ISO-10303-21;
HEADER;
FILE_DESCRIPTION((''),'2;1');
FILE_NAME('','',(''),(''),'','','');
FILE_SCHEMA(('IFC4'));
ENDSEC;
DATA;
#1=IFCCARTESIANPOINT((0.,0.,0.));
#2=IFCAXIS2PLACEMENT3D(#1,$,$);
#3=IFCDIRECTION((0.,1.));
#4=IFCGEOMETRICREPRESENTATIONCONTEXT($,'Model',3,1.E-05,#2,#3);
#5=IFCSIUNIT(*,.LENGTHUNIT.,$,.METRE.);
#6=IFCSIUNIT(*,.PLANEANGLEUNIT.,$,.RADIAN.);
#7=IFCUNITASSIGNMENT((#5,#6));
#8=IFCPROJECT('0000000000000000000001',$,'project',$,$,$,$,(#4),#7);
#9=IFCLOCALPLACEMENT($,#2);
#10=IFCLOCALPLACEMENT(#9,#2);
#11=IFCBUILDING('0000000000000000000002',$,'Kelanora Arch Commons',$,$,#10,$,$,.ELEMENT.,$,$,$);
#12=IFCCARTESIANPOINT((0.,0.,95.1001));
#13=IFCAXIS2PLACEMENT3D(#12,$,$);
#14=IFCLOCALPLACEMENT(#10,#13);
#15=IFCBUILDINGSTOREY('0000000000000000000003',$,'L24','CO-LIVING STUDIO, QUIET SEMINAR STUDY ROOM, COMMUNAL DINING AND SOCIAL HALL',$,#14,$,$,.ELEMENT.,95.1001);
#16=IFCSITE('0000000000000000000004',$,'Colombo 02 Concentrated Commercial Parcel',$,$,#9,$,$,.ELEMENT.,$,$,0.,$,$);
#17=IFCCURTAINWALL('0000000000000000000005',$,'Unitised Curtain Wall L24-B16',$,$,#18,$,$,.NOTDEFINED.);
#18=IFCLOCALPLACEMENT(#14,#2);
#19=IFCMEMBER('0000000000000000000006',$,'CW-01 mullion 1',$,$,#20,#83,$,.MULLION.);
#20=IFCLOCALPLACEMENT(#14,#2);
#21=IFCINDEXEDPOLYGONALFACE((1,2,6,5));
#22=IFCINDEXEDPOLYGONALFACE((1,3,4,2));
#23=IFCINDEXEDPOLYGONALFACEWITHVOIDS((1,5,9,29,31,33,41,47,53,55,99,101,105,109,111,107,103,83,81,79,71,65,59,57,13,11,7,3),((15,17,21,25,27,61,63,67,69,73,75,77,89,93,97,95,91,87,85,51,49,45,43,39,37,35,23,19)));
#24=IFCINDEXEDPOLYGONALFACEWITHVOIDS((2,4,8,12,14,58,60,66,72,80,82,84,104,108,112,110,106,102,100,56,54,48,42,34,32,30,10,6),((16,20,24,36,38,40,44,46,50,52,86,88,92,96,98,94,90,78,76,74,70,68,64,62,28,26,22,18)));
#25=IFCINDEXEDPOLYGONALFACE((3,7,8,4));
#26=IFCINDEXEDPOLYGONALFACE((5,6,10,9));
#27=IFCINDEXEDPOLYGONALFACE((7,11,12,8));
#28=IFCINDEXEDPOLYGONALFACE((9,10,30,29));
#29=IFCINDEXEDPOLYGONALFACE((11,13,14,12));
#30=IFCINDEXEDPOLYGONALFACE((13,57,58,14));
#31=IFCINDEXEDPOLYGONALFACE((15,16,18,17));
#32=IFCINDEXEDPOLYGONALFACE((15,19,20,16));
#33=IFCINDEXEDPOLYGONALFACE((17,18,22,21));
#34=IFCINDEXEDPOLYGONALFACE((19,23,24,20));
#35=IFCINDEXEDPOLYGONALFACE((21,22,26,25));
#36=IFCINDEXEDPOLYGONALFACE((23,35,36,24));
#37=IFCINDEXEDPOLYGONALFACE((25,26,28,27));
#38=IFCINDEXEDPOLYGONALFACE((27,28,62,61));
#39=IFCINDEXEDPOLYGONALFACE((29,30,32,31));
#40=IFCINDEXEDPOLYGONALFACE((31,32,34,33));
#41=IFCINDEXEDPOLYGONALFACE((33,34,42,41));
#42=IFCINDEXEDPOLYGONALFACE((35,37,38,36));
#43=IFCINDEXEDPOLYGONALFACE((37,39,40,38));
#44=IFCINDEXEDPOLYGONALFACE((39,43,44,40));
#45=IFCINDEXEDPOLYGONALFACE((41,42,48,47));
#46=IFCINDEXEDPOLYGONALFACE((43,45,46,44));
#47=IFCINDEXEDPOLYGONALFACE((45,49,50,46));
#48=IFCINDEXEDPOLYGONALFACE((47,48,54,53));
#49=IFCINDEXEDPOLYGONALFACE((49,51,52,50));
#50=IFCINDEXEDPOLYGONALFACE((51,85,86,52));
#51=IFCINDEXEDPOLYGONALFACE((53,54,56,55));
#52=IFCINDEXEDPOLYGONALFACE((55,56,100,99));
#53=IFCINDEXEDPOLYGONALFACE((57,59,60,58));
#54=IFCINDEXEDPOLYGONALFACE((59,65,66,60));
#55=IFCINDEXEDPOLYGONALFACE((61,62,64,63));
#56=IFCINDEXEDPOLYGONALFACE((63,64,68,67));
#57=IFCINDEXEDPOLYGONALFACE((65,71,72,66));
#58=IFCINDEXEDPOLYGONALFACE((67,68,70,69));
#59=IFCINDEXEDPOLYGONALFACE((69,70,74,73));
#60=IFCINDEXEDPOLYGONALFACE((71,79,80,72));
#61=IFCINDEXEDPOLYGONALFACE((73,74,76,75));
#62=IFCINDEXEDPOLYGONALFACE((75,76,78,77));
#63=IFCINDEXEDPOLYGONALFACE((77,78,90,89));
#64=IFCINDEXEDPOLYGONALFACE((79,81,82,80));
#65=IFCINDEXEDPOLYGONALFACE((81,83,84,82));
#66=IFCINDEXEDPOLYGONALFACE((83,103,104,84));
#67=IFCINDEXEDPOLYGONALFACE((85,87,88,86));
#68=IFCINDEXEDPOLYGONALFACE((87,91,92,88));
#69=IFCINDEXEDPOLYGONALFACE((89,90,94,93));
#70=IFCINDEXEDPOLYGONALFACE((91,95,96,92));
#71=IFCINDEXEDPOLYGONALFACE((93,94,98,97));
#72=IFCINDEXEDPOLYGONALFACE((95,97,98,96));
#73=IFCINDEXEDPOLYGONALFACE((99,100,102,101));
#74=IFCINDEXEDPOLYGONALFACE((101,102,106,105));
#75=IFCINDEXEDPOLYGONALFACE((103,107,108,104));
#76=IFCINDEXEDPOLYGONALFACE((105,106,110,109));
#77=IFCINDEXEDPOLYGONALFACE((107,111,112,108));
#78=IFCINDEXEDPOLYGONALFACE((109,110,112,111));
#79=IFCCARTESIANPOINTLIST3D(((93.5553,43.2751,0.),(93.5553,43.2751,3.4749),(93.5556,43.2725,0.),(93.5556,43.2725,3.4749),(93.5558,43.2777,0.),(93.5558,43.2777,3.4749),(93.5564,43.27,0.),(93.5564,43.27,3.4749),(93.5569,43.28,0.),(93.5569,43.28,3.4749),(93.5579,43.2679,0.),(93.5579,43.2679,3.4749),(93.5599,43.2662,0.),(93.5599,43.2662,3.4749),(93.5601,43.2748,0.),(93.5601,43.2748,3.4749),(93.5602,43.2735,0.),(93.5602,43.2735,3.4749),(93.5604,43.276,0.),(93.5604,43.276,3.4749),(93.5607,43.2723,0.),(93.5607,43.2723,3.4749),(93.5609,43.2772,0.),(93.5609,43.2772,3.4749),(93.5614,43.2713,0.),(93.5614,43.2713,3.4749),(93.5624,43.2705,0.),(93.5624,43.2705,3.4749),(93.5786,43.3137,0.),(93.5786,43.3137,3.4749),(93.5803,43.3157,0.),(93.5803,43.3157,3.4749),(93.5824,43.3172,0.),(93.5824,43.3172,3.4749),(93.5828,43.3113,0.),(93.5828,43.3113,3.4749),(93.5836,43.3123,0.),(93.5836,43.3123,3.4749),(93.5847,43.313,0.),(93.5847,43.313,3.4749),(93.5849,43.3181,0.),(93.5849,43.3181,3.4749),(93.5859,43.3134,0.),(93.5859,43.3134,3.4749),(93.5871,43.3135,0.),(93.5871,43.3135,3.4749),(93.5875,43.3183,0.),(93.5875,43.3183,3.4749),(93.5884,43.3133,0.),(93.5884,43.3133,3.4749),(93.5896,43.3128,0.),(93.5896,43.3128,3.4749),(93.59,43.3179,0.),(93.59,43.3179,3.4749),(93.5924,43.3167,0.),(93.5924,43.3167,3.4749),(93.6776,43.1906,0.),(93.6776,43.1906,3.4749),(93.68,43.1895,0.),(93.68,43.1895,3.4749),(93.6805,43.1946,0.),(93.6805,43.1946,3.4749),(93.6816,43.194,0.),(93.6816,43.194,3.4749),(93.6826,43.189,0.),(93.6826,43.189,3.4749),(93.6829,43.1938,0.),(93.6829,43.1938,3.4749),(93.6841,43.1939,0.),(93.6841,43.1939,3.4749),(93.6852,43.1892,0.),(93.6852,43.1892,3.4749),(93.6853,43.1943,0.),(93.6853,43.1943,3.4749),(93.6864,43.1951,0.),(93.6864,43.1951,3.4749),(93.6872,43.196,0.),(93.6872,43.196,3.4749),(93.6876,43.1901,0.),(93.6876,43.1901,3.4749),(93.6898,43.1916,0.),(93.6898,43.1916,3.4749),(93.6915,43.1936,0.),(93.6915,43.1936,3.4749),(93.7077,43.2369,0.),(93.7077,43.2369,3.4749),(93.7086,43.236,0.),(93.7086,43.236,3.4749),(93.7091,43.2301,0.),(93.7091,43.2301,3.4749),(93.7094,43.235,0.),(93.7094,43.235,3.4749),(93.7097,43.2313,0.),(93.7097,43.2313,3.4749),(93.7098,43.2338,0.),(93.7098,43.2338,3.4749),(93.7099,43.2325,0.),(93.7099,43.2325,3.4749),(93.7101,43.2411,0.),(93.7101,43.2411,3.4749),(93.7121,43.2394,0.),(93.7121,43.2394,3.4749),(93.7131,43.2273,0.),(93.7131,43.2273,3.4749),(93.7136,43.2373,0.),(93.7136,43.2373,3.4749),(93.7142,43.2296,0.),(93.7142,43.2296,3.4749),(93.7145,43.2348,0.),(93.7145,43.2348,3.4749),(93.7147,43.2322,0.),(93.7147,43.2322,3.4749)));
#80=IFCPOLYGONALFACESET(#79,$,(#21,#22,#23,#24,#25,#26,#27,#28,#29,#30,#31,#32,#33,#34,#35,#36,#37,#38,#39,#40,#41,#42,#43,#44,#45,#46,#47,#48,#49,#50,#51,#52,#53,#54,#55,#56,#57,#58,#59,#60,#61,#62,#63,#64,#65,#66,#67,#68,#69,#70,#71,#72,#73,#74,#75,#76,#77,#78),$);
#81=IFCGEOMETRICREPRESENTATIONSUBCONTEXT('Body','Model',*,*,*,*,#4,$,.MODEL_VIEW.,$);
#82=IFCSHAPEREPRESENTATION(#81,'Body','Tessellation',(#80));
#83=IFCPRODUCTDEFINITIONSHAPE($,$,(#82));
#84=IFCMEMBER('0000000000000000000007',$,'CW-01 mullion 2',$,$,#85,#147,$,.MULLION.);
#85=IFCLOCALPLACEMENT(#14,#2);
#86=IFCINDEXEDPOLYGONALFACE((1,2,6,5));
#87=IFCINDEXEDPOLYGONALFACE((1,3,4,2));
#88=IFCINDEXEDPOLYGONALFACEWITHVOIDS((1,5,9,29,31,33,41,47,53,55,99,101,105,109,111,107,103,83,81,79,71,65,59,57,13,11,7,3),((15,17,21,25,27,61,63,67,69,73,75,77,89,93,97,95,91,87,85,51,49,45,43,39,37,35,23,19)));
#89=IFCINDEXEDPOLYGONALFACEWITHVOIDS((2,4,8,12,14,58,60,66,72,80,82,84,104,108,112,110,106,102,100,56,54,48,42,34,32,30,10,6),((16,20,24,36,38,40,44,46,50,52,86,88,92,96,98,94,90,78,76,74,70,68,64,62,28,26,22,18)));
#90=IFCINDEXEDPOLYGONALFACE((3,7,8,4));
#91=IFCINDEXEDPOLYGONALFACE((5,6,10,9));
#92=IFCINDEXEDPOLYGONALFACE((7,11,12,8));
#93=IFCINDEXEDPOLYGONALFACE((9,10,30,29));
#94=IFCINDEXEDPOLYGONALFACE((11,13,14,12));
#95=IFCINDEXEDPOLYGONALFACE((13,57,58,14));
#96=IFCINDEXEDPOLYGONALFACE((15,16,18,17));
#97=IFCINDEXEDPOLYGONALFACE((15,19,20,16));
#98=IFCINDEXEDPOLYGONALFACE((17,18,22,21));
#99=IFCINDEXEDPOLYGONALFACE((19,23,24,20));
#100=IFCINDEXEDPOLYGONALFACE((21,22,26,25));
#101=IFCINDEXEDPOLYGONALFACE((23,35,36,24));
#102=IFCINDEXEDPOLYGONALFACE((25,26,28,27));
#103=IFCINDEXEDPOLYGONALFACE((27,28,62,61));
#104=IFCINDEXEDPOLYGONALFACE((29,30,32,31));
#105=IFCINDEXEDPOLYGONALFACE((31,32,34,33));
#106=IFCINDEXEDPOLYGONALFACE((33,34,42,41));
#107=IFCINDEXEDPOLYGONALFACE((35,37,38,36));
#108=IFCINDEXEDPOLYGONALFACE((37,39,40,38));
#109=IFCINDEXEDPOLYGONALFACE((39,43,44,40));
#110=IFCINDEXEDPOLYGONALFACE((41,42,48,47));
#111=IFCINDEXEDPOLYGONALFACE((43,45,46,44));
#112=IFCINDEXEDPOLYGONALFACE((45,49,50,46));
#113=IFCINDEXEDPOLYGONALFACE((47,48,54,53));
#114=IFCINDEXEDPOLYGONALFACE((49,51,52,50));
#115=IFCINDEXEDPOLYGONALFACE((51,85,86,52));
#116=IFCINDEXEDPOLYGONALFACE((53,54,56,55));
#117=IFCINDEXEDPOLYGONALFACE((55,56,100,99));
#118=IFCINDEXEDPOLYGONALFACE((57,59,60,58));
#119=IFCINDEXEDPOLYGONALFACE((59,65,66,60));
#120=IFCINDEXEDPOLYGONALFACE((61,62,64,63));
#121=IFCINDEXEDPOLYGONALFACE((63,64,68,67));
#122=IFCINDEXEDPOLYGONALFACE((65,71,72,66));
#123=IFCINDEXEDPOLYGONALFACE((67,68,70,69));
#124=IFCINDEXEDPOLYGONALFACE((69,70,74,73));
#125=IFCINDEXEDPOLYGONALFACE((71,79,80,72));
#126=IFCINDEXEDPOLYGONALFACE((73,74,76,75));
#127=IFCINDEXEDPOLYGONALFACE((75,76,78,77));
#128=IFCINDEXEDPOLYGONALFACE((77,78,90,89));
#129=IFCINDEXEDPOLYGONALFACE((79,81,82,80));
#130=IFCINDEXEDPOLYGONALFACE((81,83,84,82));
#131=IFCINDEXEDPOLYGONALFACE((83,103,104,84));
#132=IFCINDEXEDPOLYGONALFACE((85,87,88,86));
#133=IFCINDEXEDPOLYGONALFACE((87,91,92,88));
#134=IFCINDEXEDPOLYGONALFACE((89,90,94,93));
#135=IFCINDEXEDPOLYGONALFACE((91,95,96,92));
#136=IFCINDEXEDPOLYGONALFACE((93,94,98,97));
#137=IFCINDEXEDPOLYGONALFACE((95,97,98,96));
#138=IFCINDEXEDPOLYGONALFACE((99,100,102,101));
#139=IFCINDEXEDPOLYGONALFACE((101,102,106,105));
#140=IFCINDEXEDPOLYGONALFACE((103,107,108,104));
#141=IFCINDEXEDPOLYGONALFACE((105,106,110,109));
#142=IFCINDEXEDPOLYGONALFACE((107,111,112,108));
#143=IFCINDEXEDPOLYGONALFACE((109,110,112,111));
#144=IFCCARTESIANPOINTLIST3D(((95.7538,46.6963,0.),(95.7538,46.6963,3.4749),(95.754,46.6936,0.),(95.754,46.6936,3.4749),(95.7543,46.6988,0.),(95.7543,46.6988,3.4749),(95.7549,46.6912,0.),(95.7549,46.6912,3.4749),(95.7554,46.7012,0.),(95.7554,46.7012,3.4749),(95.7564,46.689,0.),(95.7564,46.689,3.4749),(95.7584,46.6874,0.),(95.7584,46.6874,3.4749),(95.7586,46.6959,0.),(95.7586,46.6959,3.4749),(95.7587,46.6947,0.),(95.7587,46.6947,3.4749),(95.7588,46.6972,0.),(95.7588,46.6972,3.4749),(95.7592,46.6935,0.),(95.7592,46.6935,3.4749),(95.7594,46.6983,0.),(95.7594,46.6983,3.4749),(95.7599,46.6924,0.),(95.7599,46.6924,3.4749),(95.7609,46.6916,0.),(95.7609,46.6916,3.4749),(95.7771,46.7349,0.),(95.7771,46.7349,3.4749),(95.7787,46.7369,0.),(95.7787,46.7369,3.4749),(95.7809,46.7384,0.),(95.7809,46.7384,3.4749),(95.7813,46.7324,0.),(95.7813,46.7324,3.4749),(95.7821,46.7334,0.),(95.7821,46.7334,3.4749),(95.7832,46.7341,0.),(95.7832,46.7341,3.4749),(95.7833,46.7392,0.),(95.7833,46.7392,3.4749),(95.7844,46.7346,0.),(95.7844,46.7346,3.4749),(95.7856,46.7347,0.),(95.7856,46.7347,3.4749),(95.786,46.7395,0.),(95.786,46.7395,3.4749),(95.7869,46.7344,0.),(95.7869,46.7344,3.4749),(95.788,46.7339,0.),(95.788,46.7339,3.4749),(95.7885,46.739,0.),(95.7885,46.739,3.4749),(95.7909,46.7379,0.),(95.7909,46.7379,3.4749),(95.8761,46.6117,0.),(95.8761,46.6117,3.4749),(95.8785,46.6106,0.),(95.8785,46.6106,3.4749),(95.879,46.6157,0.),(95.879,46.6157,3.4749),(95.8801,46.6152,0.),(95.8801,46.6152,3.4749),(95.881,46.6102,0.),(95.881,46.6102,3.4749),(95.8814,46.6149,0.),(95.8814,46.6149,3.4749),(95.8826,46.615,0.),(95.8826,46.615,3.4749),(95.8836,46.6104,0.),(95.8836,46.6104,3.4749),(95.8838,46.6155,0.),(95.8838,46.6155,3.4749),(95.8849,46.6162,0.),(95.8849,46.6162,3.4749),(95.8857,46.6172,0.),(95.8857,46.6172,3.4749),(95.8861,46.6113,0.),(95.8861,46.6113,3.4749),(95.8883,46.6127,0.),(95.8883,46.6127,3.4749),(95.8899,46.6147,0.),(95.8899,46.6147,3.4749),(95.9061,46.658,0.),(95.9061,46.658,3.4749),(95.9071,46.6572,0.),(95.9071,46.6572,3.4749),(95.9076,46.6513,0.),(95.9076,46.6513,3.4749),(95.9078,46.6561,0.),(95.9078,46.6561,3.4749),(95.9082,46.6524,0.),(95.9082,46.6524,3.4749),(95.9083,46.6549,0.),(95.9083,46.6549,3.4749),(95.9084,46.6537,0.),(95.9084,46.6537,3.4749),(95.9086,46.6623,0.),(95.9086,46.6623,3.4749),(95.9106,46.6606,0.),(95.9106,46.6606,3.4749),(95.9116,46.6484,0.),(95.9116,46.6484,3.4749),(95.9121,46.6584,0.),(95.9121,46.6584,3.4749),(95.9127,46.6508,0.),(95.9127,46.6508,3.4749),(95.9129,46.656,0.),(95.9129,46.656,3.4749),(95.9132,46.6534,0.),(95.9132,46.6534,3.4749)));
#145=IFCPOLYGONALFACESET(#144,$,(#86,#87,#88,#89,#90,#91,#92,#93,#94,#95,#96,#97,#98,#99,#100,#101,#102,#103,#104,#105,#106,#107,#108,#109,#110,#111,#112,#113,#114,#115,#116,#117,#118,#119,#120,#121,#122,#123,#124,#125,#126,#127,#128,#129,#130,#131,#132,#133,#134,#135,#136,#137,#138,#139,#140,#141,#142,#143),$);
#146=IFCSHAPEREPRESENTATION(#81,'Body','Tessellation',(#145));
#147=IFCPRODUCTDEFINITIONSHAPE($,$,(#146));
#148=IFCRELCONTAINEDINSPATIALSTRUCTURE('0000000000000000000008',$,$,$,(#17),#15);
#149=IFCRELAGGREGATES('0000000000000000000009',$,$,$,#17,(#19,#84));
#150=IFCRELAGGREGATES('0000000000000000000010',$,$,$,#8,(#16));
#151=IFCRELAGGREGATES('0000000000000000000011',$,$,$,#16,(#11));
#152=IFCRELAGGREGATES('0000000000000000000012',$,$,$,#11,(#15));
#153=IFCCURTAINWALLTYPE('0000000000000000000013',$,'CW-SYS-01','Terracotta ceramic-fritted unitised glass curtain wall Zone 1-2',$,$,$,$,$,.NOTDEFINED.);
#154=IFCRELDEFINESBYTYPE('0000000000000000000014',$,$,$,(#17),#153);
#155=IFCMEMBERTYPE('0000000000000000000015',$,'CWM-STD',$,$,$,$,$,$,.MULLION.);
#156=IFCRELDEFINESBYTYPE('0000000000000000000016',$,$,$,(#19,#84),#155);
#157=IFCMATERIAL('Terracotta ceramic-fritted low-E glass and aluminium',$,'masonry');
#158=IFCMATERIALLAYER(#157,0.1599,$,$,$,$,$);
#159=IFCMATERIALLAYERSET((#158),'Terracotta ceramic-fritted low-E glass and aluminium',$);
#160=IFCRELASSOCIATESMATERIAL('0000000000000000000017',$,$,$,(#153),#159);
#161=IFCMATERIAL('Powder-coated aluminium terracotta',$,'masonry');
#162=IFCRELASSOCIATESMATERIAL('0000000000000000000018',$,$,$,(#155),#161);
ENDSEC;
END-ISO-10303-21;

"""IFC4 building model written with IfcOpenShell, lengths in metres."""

from ifc_helpers import new_model, si_unit, direction, frame, origin, origin_2d, place, context, subcontext, project, spatial, hollow_rectangle, extrude, material, layer, layer_set, material_profile, profile_set, type_object, element, aggregate, save


model = new_model("IFC4")

# Units and contexts
model_context = context("Model", 3, precision=1e-05, world=origin(), true_north=direction((0.0, 1.0)))
body_context = subcontext(model_context, "Body", "Model", "MODEL_VIEW")
ifc_project = project(units=[si_unit("LENGTHUNIT", "METRE"), si_unit("PLANEANGLEUNIT", "RADIAN")], contexts=[model_context])

# Site, building, storey
site_placement = place(None, origin())
site = spatial("IfcSite", under=ifc_project, at=site_placement, Name="Colombo 02 Concentrated Commercial Parcel", CompositionType="ELEMENT", RefElevation=0.0)
building_placement = place(site_placement, origin())
building = spatial("IfcBuilding", under=site, at=building_placement, Name="Kelanora Arch Commons", CompositionType="ELEMENT")
storey_placement = place(building_placement, frame((0.0, 0.0, 95.1001)))
storey = spatial("IfcBuildingStorey", under=building, at=storey_placement, Name="L24", Description="CO-LIVING STUDIO, QUIET SEMINAR STUDY ROOM, COMMUNAL DINING AND SOCIAL HALL", CompositionType="ELEMENT", Elevation=95.1001)

# Shared definitions
ifc_material_1 = material(Name="Terracotta ceramic-fritted low-E glass and aluminium", Category="masonry")
ifc_layer_1 = layer(ifc_material_1, 0.1599)
ifc_layer_set_1 = layer_set([ifc_layer_1], Name="Terracotta ceramic-fritted low-E glass and aluminium")
curtain_wall_type = type_object("IfcCurtainWallType", Name="CW-SYS-01", Description="Terracotta ceramic-fritted unitised glass curtain wall Zone 1-2", PredefinedType="NOTDEFINED", material=ifc_layer_set_1)
ifc_material_2 = material(Name="Powder-coated aluminium terracotta", Category="masonry")
ifc_material_profile_1 = material_profile(ifc_material_2, hollow_rectangle(XDim=0.1599, YDim=0.0601, WallThickness=0.0049, InnerFilletRadius=0.0049, OuterFilletRadius=0.01, at=origin_2d()), Name="CWM160x60")
ifc_profile_set_1 = profile_set([ifc_material_profile_1], Name="Powder-coated aluminium terracotta")
member_type_1 = type_object("IfcMemberType", Name="CWM-STD", PredefinedType="MULLION", material=ifc_profile_set_1)

# Curtain wall, members
curtain_wall_1_placement = place(storey_placement, origin())
curtain_wall_1 = element("IfcCurtainWall", 1, at=curtain_wall_1_placement, inside=storey, type_object=curtain_wall_type, Name="Unitised Curtain Wall L24-B16", PredefinedType="NOTDEFINED")
member_1_placement = place(storey_placement, frame((93.635, 43.2537, 0.0), z_axis=(0.0, 0.0, 1.0), x_axis=(-0.841269, 0.540617, 0.0)))
member_1 = element("IfcMember", 2, at=member_1_placement, type_object=member_type_1, Name="CW-01 mullion 1", PredefinedType="MULLION", context=body_context, shape_type="SweptSolid", body=[
    extrude(hollow_rectangle(XDim=0.1599, YDim=0.0601, WallThickness=0.0049, InnerFilletRadius=0.0049, OuterFilletRadius=0.01, at=origin_2d()), origin(), (0.0, 0.0, 1.0), 3.4749),
])
member_2_placement = place(storey_placement, frame((95.8335, 46.6748, 0.0), z_axis=(0.0, 0.0, 1.0), x_axis=(-0.841269, 0.540617, 0.0)))
member_2 = element("IfcMember", 3, at=member_2_placement, type_object=member_type_1, Name="CW-01 mullion 2", PredefinedType="MULLION", context=body_context, shape_type="SweptSolid", body=[
    extrude(hollow_rectangle(XDim=0.1599, YDim=0.0601, WallThickness=0.0049, InnerFilletRadius=0.0049, OuterFilletRadius=0.01, at=origin_2d()), origin(), (0.0, 0.0, 1.0), 3.4749),
])
aggregate(curtain_wall_1, [member_1, member_2])

save(model, "model.ifc")
